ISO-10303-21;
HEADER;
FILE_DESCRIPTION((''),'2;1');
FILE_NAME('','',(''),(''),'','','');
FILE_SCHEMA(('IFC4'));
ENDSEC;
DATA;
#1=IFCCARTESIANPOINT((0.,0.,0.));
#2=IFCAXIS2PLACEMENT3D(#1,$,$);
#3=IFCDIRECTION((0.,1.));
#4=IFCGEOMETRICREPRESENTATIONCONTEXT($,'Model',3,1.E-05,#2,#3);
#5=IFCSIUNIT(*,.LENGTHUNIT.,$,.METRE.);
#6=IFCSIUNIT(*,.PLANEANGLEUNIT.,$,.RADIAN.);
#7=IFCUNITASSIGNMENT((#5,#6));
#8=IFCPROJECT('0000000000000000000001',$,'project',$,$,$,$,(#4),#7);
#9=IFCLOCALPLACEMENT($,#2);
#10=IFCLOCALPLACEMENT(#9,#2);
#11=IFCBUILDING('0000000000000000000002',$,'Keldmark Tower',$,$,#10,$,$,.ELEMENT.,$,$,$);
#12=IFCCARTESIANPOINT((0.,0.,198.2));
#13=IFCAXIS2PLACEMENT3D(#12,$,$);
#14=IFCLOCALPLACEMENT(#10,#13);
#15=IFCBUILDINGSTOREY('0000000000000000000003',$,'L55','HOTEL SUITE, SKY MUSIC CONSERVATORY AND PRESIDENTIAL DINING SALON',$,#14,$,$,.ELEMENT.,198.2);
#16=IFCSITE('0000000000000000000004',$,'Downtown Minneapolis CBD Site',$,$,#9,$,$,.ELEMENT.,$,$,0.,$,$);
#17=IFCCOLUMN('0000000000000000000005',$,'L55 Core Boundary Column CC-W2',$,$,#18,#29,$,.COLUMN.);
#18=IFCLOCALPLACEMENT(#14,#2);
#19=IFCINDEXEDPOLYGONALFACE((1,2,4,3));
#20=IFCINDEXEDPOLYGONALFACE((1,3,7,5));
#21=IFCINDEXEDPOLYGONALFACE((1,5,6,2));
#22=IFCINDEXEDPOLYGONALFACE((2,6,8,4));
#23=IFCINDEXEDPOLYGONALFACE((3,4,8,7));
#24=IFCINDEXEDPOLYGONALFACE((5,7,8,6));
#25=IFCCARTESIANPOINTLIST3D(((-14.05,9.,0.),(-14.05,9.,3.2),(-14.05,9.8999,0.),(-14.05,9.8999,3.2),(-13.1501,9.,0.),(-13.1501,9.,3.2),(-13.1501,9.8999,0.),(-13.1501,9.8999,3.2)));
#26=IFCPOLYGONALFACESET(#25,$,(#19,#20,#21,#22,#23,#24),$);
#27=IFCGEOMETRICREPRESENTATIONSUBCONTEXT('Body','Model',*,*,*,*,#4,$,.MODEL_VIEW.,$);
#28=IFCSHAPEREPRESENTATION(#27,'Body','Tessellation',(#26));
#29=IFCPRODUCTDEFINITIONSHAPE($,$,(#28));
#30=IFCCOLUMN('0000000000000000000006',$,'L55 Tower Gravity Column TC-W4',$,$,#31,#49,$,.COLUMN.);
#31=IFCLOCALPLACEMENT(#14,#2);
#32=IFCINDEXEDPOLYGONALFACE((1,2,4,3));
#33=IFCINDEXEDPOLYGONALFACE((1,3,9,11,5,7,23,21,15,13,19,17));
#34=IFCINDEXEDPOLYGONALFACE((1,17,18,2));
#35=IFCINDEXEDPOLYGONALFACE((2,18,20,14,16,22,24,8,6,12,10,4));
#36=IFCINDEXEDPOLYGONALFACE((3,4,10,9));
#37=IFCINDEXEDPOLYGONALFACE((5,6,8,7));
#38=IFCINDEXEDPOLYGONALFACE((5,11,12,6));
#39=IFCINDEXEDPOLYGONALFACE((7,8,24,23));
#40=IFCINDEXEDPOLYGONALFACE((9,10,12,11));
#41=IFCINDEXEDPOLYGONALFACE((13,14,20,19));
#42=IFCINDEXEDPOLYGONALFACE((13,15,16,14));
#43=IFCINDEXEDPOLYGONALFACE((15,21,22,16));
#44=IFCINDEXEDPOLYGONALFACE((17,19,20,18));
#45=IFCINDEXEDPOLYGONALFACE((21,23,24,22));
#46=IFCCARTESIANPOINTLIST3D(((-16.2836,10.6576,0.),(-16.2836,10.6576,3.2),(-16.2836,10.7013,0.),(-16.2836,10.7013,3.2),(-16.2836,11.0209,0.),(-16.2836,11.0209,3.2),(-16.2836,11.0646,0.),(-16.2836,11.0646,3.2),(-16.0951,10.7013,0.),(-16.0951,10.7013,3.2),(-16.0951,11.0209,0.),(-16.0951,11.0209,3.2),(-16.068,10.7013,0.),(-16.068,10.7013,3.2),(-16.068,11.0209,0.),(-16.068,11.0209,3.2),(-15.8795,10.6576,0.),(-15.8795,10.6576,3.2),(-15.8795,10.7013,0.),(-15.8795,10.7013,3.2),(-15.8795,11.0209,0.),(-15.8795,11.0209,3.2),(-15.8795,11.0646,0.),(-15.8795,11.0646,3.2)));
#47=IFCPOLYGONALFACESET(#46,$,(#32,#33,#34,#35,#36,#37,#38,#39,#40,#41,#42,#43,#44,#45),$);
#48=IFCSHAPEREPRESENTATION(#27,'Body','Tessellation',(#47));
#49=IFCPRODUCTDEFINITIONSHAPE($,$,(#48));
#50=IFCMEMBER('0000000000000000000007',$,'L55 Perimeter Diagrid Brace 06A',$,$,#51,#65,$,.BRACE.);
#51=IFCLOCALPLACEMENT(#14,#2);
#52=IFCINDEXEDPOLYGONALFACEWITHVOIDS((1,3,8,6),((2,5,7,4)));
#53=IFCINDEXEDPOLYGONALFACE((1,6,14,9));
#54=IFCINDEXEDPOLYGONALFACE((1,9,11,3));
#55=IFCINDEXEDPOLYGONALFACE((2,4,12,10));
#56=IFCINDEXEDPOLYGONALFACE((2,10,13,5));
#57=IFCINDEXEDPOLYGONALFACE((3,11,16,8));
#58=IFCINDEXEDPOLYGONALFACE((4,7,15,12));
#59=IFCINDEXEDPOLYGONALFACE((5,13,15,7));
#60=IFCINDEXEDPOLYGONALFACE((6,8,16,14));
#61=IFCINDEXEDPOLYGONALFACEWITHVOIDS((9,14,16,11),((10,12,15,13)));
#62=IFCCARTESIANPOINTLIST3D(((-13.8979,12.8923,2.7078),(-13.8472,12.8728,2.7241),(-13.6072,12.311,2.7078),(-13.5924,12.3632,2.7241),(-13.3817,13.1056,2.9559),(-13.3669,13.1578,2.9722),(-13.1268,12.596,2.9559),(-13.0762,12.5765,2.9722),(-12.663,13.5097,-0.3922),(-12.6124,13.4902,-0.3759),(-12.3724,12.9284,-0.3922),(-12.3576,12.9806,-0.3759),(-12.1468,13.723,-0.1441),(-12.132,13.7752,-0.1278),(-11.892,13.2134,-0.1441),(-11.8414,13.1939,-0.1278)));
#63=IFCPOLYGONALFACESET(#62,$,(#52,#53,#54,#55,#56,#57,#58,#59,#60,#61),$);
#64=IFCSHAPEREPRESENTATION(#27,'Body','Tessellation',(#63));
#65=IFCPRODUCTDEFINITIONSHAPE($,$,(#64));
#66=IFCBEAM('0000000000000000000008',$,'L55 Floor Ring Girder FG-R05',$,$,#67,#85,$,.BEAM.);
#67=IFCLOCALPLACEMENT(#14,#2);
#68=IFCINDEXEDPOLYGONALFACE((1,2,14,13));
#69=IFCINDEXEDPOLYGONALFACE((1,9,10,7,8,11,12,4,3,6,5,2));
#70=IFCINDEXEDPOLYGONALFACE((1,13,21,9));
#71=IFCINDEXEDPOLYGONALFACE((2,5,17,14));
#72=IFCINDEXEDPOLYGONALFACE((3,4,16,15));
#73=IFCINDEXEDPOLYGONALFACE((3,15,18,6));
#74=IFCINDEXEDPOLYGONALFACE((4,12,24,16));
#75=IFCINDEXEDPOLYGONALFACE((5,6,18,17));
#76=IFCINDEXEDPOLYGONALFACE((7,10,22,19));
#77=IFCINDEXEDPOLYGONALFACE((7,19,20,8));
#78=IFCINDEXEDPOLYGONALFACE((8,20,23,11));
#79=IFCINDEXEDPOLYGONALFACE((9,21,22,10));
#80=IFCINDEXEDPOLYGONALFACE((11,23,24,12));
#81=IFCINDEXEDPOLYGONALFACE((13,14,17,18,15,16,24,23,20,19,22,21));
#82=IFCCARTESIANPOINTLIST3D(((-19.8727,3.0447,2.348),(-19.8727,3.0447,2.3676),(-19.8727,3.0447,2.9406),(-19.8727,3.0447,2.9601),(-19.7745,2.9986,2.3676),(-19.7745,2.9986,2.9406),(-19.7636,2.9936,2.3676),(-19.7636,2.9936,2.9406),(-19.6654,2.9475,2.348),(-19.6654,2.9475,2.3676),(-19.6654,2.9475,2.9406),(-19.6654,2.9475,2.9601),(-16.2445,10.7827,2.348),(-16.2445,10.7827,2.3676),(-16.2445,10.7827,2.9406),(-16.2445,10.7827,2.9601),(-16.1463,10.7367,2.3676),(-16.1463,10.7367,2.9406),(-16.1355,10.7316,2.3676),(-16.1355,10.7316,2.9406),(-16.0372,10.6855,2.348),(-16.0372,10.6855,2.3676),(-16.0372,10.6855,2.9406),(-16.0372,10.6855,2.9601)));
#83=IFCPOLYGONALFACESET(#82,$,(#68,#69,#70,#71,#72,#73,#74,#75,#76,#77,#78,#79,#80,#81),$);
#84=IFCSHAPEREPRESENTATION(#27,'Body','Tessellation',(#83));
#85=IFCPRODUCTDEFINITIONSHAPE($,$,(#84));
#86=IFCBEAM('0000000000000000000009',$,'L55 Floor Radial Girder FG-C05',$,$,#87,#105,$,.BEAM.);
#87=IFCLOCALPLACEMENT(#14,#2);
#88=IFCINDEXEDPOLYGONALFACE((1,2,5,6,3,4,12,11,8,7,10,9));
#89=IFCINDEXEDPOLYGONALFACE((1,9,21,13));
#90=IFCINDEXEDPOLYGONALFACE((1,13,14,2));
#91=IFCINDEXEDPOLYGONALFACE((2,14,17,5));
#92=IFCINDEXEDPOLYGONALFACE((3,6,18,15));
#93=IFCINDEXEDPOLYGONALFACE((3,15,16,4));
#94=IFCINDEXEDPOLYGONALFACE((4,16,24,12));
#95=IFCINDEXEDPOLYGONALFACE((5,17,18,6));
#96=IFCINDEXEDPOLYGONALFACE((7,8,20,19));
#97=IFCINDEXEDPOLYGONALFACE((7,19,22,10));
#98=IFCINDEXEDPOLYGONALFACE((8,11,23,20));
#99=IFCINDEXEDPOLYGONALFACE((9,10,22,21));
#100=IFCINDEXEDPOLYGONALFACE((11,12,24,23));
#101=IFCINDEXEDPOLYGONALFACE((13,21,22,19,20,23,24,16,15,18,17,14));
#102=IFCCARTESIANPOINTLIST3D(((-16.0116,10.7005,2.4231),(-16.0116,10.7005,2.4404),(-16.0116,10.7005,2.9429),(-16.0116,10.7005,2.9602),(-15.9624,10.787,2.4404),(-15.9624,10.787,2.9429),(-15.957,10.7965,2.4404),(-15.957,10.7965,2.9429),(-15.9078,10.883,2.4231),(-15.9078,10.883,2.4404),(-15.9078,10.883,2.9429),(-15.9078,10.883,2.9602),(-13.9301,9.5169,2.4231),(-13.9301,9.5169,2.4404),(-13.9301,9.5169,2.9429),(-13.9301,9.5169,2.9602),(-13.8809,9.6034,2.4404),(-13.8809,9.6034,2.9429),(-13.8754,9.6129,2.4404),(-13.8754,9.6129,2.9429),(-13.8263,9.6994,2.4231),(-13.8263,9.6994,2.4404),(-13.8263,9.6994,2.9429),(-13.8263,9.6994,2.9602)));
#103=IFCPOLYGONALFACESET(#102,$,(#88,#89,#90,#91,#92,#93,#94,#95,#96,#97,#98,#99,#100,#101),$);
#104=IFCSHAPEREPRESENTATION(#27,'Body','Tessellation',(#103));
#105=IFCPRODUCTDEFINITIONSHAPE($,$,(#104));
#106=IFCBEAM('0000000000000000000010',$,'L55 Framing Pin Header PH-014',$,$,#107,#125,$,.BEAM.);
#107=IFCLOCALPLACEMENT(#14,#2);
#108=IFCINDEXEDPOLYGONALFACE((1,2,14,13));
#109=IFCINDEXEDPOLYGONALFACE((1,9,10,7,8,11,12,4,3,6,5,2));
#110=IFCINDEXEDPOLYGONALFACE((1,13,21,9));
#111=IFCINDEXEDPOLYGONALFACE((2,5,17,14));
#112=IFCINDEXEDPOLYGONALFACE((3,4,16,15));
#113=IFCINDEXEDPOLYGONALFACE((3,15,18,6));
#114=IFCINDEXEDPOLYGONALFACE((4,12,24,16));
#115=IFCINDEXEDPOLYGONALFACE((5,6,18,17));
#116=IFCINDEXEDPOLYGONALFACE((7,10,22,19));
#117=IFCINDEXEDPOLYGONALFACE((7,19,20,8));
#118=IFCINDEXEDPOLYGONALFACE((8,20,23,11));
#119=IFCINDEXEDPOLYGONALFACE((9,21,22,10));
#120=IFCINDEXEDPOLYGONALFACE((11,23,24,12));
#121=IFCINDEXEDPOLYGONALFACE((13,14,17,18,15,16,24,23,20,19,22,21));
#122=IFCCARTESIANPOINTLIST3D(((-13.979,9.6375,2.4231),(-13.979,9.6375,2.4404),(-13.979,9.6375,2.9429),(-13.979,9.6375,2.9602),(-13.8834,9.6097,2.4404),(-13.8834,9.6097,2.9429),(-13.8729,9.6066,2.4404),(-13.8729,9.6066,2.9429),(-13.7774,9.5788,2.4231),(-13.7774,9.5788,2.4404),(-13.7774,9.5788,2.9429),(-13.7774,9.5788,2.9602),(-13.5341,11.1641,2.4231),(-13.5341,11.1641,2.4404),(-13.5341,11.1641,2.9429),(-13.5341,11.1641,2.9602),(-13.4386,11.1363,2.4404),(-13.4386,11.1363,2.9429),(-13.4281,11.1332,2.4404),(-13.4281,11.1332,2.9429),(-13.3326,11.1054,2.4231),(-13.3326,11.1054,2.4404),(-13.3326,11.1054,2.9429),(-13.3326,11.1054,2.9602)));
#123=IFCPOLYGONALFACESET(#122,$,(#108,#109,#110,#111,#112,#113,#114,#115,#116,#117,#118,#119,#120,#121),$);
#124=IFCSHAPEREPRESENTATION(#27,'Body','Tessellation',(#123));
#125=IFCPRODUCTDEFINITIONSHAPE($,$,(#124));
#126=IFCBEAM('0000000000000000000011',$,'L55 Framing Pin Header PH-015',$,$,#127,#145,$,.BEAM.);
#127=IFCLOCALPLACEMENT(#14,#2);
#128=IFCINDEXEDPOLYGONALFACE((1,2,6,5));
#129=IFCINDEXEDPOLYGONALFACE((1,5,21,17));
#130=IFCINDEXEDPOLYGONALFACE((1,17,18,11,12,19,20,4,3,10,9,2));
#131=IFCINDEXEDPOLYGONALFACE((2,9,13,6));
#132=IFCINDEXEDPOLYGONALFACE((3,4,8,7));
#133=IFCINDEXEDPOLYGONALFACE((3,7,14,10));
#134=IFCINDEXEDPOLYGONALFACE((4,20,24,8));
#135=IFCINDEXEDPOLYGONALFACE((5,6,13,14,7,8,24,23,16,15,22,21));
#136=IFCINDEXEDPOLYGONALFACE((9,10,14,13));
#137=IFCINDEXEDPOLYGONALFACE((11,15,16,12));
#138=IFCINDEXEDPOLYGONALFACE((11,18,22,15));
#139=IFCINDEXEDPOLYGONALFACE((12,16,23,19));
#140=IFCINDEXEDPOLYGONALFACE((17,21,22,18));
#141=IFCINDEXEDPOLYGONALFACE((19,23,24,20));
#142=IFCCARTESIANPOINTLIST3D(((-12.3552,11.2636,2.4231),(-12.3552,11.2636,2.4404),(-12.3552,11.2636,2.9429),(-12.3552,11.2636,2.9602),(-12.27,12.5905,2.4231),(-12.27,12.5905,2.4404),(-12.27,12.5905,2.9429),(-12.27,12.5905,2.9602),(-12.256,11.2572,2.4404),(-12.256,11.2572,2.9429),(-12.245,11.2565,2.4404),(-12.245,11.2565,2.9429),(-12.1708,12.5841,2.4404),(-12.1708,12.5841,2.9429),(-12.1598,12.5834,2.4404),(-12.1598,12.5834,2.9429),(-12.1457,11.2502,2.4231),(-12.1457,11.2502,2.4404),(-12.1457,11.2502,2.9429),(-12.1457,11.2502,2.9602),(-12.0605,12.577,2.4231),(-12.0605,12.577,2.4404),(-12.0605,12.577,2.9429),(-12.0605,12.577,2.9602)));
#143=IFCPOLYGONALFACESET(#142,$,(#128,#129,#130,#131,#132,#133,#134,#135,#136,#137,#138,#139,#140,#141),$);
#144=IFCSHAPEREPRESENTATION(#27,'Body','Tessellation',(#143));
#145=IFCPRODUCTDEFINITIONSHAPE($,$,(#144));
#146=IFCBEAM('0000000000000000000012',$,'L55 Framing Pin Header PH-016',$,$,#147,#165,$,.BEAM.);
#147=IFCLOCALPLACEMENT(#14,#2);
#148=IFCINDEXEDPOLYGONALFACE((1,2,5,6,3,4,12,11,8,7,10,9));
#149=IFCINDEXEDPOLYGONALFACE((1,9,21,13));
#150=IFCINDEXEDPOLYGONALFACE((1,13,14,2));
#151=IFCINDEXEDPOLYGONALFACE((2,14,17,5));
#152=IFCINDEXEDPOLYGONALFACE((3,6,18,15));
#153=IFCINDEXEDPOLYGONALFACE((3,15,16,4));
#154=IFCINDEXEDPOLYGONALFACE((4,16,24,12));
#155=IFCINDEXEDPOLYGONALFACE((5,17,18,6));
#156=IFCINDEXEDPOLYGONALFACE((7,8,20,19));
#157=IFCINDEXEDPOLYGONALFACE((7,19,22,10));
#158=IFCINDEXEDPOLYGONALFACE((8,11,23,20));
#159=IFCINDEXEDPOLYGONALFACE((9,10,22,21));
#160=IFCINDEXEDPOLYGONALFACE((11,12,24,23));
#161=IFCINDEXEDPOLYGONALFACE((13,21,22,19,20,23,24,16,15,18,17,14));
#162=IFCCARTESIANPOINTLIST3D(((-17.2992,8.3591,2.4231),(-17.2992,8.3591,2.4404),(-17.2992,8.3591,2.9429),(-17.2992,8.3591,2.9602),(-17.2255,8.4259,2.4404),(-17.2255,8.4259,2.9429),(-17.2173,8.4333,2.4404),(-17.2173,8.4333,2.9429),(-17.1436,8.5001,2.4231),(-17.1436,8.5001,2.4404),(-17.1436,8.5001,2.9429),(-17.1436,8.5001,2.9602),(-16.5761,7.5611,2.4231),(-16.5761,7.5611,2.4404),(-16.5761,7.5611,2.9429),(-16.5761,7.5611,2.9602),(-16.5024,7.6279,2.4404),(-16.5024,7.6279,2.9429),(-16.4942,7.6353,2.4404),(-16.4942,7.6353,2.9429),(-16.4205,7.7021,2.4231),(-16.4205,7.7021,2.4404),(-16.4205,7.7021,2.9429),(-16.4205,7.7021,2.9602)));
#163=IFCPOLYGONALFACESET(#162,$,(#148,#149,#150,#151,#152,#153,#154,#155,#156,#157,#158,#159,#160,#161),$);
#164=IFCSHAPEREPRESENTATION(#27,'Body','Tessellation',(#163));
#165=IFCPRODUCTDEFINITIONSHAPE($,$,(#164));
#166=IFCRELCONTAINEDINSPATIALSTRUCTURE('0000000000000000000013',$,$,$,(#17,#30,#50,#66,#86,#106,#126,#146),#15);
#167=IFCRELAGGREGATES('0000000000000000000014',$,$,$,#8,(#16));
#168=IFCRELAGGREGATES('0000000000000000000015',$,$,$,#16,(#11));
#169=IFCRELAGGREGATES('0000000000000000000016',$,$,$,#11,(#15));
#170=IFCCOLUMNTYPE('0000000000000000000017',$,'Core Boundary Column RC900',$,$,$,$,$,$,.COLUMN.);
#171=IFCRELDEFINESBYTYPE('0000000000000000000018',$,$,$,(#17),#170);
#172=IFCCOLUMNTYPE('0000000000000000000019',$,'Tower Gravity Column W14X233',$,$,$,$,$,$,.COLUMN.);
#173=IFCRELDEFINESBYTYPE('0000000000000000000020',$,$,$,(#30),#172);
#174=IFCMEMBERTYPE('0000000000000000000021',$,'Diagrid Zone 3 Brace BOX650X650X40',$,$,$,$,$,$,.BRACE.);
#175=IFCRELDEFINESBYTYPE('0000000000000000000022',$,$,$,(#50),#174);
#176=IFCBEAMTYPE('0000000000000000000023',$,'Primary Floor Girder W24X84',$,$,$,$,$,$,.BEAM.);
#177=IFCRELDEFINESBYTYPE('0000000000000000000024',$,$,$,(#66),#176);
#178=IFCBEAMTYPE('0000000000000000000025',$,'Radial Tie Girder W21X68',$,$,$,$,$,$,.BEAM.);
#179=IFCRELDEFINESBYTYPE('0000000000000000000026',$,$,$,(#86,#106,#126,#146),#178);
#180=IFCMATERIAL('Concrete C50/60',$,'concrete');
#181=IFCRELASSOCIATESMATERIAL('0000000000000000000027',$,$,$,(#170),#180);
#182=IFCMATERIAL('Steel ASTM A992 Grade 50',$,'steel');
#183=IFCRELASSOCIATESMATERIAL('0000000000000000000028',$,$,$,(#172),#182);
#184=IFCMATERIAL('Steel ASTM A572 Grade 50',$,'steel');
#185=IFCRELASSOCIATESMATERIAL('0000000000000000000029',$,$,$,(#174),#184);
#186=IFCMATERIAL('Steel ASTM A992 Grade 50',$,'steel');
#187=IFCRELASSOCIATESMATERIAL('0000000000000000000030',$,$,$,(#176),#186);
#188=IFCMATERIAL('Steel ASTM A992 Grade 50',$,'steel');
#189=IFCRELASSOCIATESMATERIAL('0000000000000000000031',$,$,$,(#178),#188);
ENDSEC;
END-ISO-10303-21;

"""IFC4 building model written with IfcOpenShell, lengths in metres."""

from ifc_helpers import new_model, si_unit, direction, frame, origin, origin_2d, place, context, subcontext, project, spatial, rectangle, hollow_rectangle, i_section, extrude, material, material_profile, profile_set, type_object, element, save


model = new_model("IFC4")

# Units and contexts
model_context = context("Model", 3, precision=1e-05, world=origin(), true_north=direction((0.0, 1.0)))
body_context = subcontext(model_context, "Body", "Model", "MODEL_VIEW")
ifc_project = project(units=[si_unit("LENGTHUNIT", "METRE"), si_unit("PLANEANGLEUNIT", "RADIAN")], contexts=[model_context])

# Site, building, storey
site_placement = place(None, origin())
site = spatial("IfcSite", under=ifc_project, at=site_placement, Name="Downtown Minneapolis CBD Site", CompositionType="ELEMENT", RefElevation=0.0)
building_placement = place(site_placement, origin())
building = spatial("IfcBuilding", under=site, at=building_placement, Name="Keldmark Tower", CompositionType="ELEMENT")
storey_placement = place(building_placement, frame((0.0, 0.0, 198.2)))
storey = spatial("IfcBuildingStorey", under=building, at=storey_placement, Name="L55", Description="HOTEL SUITE, SKY MUSIC CONSERVATORY AND PRESIDENTIAL DINING SALON", CompositionType="ELEMENT", Elevation=198.2)

# Columns
ifc_material_1 = material(Name="Concrete C50/60", Category="concrete")
ifc_material_profile_1 = material_profile(ifc_material_1, rectangle(XDim=0.8999, YDim=0.8999, at=origin_2d()), Name="RC900X900")
ifc_profile_set_1 = profile_set([ifc_material_profile_1], Name="Concrete C50/60")
column_type_1 = type_object("IfcColumnType", Name="Core Boundary Column RC900", PredefinedType="COLUMN", material=ifc_profile_set_1)
column_1_placement = place(storey_placement, frame((-13.6001, 9.45, 0.0), z_axis=(0.0, 0.0, 1.0), x_axis=(1.0, 0.0, 0.0)))
element("IfcColumn", 1, at=column_1_placement, inside=storey, type_object=column_type_1, Name="L55 Core Boundary Column CC-W2", PredefinedType="COLUMN", context=body_context, shape_type="SweptSolid", body=[
    extrude(rectangle(XDim=0.8999, YDim=0.8999, at=origin_2d()), origin(), (0.0, 0.0, 1.0), 3.2),
])
ifc_material_2 = material(Name="Steel ASTM A992 Grade 50", Category="steel")
ifc_material_profile_2 = material_profile(ifc_material_2, i_section(OverallWidth=0.4041, OverallDepth=0.407, WebThickness=0.0271, FlangeThickness=0.0437, at=origin_2d()), Name="W14X233")
ifc_profile_set_2 = profile_set([ifc_material_profile_2], Name="Steel ASTM A992 Grade 50")
column_type_2 = type_object("IfcColumnType", Name="Tower Gravity Column W14X233", PredefinedType="COLUMN", material=ifc_profile_set_2)
column_2_placement = place(storey_placement, frame((-16.0815, 10.8611, 0.0), z_axis=(0.0, 0.0, 1.0), x_axis=(1.0, 0.0, 0.0)))
element("IfcColumn", 2, at=column_2_placement, inside=storey, type_object=column_type_2, Name="L55 Tower Gravity Column TC-W4", PredefinedType="COLUMN", context=body_context, shape_type="SweptSolid", body=[
    extrude(i_section(OverallWidth=0.4041, OverallDepth=0.407, WebThickness=0.0271, FlangeThickness=0.0437, at=origin_2d()), origin(), (0.0, 0.0, 1.0), 3.2),
])

# Member
ifc_material_3 = material(Name="Steel ASTM A572 Grade 50", Category="steel")
ifc_material_profile_3 = material_profile(ifc_material_3, hollow_rectangle(XDim=0.6499, YDim=0.6499, WallThickness=0.04, at=origin_2d()), Name="BOX650X650X40")
ifc_profile_set_3 = profile_set([ifc_material_profile_3], Name="Steel ASTM A572 Grade 50")
member_type = type_object("IfcMemberType", Name="Diagrid Zone 3 Brace BOX650X650X40", PredefinedType="BRACE", material=ifc_profile_set_3)
member_placement = place(storey_placement, frame((-12.2522, 13.3518, -0.26), z_axis=(-0.363877, -0.181938, 0.913505), x_axis=(0.447214, -0.894427, 0.0)))
element("IfcMember", 3, at=member_placement, inside=storey, type_object=member_type, Name="L55 Perimeter Diagrid Brace 06A", PredefinedType="BRACE", context=body_context, shape_type="SweptSolid", body=[
    extrude(hollow_rectangle(XDim=0.6499, YDim=0.6499, WallThickness=0.04, at=origin_2d()), origin(), (0.0, 0.0, 1.0), 3.3936),
])

# Beams
ifc_material_4 = material(Name="Steel ASTM A992 Grade 50", Category="steel")
ifc_material_profile_4 = material_profile(ifc_material_4, i_section(OverallWidth=0.229, OverallDepth=0.6121, WebThickness=0.012, FlangeThickness=0.0195, at=origin_2d()), Name="W24X84")
ifc_profile_set_4 = profile_set([ifc_material_profile_4], Name="Steel ASTM A992 Grade 50")
beam_type_1 = type_object("IfcBeamType", Name="Primary Floor Girder W24X84", PredefinedType="BEAM", material=ifc_profile_set_4)
beam_1_placement = place(storey_placement, frame((-16.1409, 10.7341, 2.6541), z_axis=(-0.424527, -0.905415, 0.0), x_axis=(0.905415, -0.424527, 0.0)))
element("IfcBeam", 4, at=beam_1_placement, inside=storey, type_object=beam_type_1, Name="L55 Floor Ring Girder FG-R05", PredefinedType="BEAM", context=body_context, shape_type="SweptSolid", body=[
    extrude(i_section(OverallWidth=0.229, OverallDepth=0.6121, WebThickness=0.012, FlangeThickness=0.0195, at=origin_2d()), origin(), (0.0, 0.0, 1.0), 8.5464),
])
ifc_material_5 = material(Name="Steel ASTM A992 Grade 50", Category="steel")
ifc_material_profile_5 = material_profile(ifc_material_5, i_section(OverallWidth=0.21, OverallDepth=0.5371, WebThickness=0.011, FlangeThickness=0.0173, at=origin_2d()), Name="W21X68")
ifc_profile_set_5 = profile_set([ifc_material_profile_5], Name="Steel ASTM A992 Grade 50")
beam_type_2 = type_object("IfcBeamType", Name="Radial Tie Girder W21X68", PredefinedType="BEAM", material=ifc_profile_set_5)
beam_2_placement = place(storey_placement, frame((-15.9597, 10.7917, 2.6917), z_axis=(0.869295, -0.494293, 0.0), x_axis=(0.494293, 0.869295, 0.0)))
element("IfcBeam", 5, at=beam_2_placement, inside=storey, type_object=beam_type_2, Name="L55 Floor Radial Girder FG-C05", PredefinedType="BEAM", context=body_context, shape_type="SweptSolid", body=[
    extrude(i_section(OverallWidth=0.21, OverallDepth=0.5371, WebThickness=0.011, FlangeThickness=0.0173, at=origin_2d()), origin(), (0.0, 0.0, 1.0), 2.3945),
])
beam_3_placement = place(storey_placement, frame((-13.8782, 9.6082, 2.6917), z_axis=(0.279746, 0.960074, 0.0), x_axis=(-0.960074, 0.279746, 0.0)))
element("IfcBeam", 6, at=beam_3_placement, inside=storey, type_object=beam_type_2, Name="L55 Framing Pin Header PH-014", PredefinedType="BEAM", context=body_context, shape_type="SweptSolid", body=[
    extrude(i_section(OverallWidth=0.21, OverallDepth=0.5371, WebThickness=0.011, FlangeThickness=0.0173, at=origin_2d()), origin(), (0.0, 0.0, 1.0), 1.5901),
])
beam_4_placement = place(storey_placement, frame((-12.1653, 12.5837, 2.6917), z_axis=(-0.064081, -0.997945, 0.0), x_axis=(0.997945, -0.064081, 0.0)))
element("IfcBeam", 7, at=beam_4_placement, inside=storey, type_object=beam_type_2, Name="L55 Framing Pin Header PH-015", PredefinedType="BEAM", context=body_context, shape_type="SweptSolid", body=[
    extrude(i_section(OverallWidth=0.21, OverallDepth=0.5371, WebThickness=0.011, FlangeThickness=0.0173, at=origin_2d()), origin(), (0.0, 0.0, 1.0), 1.3296),
])
beam_5_placement = place(storey_placement, frame((-16.4983, 7.6316, 2.6917), z_axis=(-0.671453, 0.741047, 0.0), x_axis=(-0.741047, -0.671453, 0.0)))
element("IfcBeam", 8, at=beam_5_placement, inside=storey, type_object=beam_type_2, Name="L55 Framing Pin Header PH-016", PredefinedType="BEAM", context=body_context, shape_type="SweptSolid", body=[
    extrude(i_section(OverallWidth=0.21, OverallDepth=0.5371, WebThickness=0.011, FlangeThickness=0.0173, at=origin_2d()), origin(), (0.0, 0.0, 1.0), 1.0769),
])

save(model, "model.ifc")
